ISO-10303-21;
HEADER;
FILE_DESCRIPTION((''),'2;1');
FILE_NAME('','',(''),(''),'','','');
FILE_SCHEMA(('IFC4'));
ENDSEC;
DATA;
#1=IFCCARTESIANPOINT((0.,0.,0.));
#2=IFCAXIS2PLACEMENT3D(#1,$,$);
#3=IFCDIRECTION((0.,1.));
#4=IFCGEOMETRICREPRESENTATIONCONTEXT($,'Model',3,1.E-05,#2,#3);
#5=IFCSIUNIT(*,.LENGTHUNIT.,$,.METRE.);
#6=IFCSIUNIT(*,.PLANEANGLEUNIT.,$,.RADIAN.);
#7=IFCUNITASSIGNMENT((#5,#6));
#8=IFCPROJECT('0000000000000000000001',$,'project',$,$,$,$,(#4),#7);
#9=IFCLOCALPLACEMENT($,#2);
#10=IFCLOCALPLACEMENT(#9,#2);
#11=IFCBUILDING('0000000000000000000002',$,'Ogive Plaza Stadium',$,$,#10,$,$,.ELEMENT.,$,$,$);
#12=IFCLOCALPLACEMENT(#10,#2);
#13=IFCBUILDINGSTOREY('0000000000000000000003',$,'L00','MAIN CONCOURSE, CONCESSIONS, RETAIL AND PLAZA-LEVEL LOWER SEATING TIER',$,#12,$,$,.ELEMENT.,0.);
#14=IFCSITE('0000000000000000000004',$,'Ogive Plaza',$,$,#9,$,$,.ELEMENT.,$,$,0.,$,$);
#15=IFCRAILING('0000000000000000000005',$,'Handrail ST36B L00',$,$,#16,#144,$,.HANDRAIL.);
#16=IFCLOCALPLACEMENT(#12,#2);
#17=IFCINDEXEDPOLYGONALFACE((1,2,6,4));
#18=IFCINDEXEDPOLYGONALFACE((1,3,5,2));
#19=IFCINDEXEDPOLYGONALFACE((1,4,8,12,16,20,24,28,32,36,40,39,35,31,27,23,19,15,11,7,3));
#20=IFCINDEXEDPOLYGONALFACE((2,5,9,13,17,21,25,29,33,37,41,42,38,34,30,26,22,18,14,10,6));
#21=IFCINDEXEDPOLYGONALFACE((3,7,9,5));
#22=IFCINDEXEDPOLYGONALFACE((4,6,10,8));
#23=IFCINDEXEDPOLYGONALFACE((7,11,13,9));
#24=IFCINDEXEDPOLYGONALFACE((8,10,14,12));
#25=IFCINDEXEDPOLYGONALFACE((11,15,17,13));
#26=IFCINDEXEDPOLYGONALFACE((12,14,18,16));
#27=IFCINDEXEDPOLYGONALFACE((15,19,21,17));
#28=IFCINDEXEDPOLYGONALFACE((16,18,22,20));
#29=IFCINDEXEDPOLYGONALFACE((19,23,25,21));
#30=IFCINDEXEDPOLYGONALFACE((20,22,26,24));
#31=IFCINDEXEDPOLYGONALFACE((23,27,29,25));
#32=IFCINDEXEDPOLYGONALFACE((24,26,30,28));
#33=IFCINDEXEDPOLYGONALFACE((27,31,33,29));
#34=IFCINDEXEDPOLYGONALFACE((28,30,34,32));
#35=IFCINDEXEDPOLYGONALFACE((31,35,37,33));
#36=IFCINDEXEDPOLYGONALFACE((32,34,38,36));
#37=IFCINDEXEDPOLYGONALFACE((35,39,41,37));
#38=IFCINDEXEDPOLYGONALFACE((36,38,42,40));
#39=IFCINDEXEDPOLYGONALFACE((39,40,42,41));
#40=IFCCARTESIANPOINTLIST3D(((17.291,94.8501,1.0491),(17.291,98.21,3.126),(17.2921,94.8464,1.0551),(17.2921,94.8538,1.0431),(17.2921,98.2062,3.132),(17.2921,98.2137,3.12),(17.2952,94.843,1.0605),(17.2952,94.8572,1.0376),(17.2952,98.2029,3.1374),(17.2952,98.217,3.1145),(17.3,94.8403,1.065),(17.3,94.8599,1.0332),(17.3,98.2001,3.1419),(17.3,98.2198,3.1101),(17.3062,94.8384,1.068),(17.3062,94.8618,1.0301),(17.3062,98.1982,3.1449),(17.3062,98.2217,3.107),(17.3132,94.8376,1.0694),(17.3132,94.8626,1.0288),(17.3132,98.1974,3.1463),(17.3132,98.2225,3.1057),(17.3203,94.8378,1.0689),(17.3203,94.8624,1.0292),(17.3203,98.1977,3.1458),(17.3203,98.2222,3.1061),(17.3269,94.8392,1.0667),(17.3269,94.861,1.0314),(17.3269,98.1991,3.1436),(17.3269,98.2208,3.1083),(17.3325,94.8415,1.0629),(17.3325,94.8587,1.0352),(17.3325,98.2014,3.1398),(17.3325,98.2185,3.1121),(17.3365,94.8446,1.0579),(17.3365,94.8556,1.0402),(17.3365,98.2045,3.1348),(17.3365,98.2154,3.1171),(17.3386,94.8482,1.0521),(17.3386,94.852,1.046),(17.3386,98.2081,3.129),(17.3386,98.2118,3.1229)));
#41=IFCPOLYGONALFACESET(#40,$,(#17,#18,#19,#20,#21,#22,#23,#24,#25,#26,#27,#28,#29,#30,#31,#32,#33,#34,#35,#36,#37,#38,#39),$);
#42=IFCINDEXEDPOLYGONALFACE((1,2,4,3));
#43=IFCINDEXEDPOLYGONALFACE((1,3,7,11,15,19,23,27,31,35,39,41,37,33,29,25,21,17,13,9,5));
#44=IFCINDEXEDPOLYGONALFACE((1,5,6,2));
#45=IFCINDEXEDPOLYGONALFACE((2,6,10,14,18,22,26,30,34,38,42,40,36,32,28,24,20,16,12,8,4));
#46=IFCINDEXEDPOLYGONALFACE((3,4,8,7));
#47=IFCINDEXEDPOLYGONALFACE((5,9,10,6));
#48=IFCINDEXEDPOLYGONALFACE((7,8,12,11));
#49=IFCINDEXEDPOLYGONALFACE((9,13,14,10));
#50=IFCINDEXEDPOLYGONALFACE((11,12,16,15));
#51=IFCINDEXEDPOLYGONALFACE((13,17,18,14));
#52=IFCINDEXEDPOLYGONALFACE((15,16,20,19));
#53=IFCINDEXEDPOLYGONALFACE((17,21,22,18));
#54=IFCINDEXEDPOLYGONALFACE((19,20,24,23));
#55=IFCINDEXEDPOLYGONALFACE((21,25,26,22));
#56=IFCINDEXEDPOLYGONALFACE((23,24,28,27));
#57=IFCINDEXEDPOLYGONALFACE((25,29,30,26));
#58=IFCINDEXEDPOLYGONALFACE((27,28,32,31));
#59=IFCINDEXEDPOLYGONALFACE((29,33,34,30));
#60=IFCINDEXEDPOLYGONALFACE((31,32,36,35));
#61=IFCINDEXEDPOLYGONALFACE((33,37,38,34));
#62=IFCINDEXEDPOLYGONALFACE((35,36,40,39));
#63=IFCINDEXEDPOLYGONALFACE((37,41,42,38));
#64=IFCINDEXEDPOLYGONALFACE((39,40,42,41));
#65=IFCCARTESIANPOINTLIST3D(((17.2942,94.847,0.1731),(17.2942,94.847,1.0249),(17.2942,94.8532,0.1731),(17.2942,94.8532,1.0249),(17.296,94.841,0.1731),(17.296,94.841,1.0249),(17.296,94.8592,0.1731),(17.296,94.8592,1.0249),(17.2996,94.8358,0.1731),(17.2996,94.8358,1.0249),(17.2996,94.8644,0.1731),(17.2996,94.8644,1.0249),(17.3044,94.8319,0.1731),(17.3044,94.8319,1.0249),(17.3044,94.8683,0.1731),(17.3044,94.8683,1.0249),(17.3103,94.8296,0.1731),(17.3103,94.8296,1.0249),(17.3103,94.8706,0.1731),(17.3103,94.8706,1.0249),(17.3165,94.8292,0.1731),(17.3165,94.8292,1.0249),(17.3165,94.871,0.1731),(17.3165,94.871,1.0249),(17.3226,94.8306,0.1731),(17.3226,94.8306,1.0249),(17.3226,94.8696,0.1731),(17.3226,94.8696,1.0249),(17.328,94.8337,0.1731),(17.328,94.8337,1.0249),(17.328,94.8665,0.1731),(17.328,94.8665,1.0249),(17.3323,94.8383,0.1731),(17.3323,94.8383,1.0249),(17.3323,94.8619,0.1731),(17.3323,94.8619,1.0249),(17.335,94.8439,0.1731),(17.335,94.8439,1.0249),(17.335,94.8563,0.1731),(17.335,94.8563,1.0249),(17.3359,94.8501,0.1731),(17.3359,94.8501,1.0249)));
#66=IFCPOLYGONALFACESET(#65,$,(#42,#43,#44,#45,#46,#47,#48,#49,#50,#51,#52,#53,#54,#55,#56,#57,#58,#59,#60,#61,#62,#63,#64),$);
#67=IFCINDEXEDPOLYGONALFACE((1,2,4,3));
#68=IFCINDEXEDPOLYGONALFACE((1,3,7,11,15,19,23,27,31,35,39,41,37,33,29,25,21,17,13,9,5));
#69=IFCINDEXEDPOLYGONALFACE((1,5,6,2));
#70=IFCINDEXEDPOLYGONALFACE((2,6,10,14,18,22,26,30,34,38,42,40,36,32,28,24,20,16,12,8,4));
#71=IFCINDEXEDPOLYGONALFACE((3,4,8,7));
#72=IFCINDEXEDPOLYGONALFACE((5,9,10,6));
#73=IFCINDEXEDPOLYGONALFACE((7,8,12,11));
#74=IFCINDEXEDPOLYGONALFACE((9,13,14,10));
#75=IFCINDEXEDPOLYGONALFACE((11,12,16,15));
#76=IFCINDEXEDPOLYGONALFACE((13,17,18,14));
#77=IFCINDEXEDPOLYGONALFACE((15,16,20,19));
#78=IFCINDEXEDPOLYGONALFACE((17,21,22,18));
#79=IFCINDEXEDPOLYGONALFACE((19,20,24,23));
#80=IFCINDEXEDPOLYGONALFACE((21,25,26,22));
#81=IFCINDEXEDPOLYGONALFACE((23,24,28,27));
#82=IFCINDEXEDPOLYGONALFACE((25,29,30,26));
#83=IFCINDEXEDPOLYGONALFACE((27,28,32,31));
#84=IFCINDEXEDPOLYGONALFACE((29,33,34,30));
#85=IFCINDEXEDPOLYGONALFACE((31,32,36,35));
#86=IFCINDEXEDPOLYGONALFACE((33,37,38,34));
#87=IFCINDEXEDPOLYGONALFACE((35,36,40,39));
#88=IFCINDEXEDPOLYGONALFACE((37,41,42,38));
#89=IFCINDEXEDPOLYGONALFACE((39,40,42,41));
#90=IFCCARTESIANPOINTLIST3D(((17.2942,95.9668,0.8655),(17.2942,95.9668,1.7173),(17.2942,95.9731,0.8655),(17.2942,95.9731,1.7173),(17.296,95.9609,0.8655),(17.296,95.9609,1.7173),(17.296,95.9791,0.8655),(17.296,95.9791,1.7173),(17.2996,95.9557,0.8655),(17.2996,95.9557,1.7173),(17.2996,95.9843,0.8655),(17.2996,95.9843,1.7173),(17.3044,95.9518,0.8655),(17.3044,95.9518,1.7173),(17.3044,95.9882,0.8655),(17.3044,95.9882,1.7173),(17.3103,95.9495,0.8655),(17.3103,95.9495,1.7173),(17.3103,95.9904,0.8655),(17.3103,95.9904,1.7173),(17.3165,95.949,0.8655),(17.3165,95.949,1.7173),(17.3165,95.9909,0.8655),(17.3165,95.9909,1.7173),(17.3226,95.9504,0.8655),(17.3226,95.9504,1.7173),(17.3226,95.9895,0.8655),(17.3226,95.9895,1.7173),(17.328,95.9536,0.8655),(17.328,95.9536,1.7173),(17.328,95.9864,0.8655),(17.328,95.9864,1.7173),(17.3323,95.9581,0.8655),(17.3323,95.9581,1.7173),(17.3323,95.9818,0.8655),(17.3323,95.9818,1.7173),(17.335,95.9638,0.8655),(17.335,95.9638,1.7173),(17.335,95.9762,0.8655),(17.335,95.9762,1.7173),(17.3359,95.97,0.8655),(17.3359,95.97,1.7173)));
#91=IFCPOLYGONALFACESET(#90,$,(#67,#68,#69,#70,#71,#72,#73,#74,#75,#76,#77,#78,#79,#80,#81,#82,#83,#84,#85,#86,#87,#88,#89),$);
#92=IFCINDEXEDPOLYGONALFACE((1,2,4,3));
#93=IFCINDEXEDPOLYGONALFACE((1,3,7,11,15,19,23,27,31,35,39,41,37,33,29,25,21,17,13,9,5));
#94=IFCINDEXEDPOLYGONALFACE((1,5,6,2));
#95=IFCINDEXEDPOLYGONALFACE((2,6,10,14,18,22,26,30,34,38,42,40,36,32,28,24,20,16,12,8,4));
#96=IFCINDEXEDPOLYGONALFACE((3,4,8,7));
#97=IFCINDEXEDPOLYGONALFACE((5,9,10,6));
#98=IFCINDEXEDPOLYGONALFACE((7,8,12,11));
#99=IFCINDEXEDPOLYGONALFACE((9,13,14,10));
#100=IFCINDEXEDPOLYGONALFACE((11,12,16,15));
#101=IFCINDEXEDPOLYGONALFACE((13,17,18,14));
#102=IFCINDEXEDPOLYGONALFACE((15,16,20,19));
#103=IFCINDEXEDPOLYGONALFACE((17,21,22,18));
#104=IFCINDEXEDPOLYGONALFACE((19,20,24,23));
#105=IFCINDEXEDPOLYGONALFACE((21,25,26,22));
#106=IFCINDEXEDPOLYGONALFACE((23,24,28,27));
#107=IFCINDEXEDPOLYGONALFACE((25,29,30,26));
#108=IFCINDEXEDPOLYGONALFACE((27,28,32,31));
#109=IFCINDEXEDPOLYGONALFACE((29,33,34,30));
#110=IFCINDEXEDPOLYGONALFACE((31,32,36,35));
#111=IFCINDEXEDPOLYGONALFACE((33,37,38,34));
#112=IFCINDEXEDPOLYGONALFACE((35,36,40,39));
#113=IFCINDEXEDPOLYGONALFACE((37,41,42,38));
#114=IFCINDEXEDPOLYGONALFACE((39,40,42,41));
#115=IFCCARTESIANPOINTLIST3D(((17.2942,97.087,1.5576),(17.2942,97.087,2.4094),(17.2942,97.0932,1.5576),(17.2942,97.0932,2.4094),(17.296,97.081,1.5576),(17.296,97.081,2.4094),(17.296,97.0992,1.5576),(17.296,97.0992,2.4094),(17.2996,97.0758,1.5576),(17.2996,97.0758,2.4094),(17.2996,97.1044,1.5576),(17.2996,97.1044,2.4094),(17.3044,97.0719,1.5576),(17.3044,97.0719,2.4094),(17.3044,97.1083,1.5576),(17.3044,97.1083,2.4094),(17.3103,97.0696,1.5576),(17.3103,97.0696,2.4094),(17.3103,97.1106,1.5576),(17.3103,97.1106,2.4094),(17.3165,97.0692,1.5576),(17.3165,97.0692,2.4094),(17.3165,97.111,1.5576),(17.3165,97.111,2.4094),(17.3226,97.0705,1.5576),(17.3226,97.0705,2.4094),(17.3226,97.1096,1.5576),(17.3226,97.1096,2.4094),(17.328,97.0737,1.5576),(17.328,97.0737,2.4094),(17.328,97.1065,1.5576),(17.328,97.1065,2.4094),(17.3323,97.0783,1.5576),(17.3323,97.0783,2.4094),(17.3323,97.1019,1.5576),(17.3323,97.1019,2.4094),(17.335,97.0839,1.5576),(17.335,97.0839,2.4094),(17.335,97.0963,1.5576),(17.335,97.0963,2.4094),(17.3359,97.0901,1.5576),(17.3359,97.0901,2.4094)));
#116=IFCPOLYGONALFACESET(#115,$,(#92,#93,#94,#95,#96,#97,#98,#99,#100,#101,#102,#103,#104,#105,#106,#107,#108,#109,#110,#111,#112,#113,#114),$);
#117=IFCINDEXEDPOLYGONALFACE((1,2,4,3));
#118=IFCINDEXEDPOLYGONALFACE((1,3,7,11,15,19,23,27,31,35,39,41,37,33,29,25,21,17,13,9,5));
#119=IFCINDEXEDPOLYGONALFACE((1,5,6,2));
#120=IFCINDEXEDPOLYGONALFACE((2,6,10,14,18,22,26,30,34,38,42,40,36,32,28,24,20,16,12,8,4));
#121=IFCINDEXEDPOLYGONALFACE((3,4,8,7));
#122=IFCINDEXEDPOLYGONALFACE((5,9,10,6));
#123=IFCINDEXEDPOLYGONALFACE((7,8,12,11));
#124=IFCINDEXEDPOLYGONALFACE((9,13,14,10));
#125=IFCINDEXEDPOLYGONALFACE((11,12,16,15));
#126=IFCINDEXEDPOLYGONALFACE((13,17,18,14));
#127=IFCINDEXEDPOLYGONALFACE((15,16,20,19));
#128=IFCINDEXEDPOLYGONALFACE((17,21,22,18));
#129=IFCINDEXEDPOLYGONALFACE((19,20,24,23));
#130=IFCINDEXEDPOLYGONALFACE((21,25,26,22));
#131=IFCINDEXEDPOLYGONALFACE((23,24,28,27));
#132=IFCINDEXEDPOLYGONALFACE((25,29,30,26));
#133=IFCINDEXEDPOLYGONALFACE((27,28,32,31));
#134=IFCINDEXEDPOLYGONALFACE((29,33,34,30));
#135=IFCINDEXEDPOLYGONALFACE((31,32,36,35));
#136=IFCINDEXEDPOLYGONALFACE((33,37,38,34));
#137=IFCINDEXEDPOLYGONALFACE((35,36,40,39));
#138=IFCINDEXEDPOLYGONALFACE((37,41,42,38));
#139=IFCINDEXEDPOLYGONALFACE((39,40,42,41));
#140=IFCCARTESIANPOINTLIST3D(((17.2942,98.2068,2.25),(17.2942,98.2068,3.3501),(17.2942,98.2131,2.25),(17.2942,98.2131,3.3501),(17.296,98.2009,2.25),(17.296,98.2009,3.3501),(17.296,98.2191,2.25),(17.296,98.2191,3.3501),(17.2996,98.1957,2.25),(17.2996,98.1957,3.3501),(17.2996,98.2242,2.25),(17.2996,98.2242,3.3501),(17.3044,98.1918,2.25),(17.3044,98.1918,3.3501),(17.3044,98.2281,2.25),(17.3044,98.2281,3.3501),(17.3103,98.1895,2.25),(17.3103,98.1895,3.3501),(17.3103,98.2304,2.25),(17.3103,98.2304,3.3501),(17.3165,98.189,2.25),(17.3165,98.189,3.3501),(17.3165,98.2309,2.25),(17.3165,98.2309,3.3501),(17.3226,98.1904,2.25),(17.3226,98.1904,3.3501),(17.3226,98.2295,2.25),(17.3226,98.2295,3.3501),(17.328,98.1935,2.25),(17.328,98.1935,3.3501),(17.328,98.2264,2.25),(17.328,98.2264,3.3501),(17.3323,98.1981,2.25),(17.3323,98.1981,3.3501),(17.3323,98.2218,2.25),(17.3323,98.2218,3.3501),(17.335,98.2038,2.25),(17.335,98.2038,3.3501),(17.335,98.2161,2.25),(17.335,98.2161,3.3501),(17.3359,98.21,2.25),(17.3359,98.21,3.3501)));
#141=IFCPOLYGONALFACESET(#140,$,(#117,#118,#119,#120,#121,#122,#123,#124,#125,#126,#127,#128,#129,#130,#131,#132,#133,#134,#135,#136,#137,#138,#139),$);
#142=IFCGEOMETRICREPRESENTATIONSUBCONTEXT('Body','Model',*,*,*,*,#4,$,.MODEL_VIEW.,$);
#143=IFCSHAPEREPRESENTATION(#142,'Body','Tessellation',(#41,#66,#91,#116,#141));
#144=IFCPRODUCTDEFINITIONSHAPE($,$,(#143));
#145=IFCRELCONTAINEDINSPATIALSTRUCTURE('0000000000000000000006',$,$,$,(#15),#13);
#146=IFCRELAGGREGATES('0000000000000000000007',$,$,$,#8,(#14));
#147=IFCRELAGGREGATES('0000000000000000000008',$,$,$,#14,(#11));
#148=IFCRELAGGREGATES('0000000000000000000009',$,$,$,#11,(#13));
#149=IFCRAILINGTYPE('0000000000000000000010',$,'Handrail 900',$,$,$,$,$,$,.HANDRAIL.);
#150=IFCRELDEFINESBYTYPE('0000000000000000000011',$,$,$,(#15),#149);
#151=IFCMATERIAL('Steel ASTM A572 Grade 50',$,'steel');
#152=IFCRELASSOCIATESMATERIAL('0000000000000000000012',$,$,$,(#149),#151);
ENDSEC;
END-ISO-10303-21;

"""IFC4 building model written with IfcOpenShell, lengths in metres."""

from ifc_helpers import new_model, si_unit, direction, frame, origin, origin_2d, place, context, subcontext, project, spatial, circle, extrude, material, type_object, element, save


model = new_model("IFC4")

# Units and contexts
model_context = context("Model", 3, precision=1e-05, world=origin(), true_north=direction((0.0, 1.0)))
body_context = subcontext(model_context, "Body", "Model", "MODEL_VIEW")
ifc_project = project(units=[si_unit("LENGTHUNIT", "METRE"), si_unit("PLANEANGLEUNIT", "RADIAN")], contexts=[model_context])

# Site, building, storey
site_placement = place(None, origin())
site = spatial("IfcSite", under=ifc_project, at=site_placement, Name="Ogive Plaza", CompositionType="ELEMENT", RefElevation=0.0)
building_placement = place(site_placement, origin())
building = spatial("IfcBuilding", under=site, at=building_placement, Name="Ogive Plaza Stadium", CompositionType="ELEMENT")
storey_placement = place(building_placement, origin())
storey = spatial("IfcBuildingStorey", under=building, at=storey_placement, Name="L00", Description="MAIN CONCOURSE, CONCESSIONS, RETAIL AND PLAZA-LEVEL LOWER SEATING TIER", CompositionType="ELEMENT", Elevation=0.0)

# Railing
ifc_material_1 = material(Name="Steel ASTM A572 Grade 50", Category="steel")
railing_type_1 = type_object("IfcRailingType", Name="Handrail 900", PredefinedType="HANDRAIL", material=ifc_material_1)
for number, where, name in (
    (1, (17.3149, 94.8501, 0.1731), "Handrail ST36B L00"),
):
    element("IfcRailing", number, at=place(storey_placement, frame(where)), inside=storey, type_object=railing_type_1, Name=name, PredefinedType="HANDRAIL", context=body_context, shape_type="SweptSolid", body=[
        extrude(circle(Radius=0.0239, at=origin_2d()), frame((0.0, 0.0, 0.876), z_axis=(0.0, 0.850606, 0.525803), x_axis=(-1.0, 0.0, 0.0)), (0.0, 0.0, 1.0), 3.95),
        extrude(circle(Radius=0.021, at=origin_2d()), origin(), (0.0, 0.0, 1.0), 0.8518),
        extrude(circle(Radius=0.021, at=origin_2d()), frame((0.0, 1.1199, 0.6924)), (0.0, 0.0, 1.0), 0.8518),
        extrude(circle(Radius=0.021, at=origin_2d()), frame((0.0, 2.24, 1.3845)), (0.0, 0.0, 1.0), 0.8518),
        extrude(circle(Radius=0.021, at=origin_2d()), frame((0.0, 3.3599, 2.0769)), (0.0, 0.0, 1.0), 1.1001),
    ])

save(model, "model.ifc")
